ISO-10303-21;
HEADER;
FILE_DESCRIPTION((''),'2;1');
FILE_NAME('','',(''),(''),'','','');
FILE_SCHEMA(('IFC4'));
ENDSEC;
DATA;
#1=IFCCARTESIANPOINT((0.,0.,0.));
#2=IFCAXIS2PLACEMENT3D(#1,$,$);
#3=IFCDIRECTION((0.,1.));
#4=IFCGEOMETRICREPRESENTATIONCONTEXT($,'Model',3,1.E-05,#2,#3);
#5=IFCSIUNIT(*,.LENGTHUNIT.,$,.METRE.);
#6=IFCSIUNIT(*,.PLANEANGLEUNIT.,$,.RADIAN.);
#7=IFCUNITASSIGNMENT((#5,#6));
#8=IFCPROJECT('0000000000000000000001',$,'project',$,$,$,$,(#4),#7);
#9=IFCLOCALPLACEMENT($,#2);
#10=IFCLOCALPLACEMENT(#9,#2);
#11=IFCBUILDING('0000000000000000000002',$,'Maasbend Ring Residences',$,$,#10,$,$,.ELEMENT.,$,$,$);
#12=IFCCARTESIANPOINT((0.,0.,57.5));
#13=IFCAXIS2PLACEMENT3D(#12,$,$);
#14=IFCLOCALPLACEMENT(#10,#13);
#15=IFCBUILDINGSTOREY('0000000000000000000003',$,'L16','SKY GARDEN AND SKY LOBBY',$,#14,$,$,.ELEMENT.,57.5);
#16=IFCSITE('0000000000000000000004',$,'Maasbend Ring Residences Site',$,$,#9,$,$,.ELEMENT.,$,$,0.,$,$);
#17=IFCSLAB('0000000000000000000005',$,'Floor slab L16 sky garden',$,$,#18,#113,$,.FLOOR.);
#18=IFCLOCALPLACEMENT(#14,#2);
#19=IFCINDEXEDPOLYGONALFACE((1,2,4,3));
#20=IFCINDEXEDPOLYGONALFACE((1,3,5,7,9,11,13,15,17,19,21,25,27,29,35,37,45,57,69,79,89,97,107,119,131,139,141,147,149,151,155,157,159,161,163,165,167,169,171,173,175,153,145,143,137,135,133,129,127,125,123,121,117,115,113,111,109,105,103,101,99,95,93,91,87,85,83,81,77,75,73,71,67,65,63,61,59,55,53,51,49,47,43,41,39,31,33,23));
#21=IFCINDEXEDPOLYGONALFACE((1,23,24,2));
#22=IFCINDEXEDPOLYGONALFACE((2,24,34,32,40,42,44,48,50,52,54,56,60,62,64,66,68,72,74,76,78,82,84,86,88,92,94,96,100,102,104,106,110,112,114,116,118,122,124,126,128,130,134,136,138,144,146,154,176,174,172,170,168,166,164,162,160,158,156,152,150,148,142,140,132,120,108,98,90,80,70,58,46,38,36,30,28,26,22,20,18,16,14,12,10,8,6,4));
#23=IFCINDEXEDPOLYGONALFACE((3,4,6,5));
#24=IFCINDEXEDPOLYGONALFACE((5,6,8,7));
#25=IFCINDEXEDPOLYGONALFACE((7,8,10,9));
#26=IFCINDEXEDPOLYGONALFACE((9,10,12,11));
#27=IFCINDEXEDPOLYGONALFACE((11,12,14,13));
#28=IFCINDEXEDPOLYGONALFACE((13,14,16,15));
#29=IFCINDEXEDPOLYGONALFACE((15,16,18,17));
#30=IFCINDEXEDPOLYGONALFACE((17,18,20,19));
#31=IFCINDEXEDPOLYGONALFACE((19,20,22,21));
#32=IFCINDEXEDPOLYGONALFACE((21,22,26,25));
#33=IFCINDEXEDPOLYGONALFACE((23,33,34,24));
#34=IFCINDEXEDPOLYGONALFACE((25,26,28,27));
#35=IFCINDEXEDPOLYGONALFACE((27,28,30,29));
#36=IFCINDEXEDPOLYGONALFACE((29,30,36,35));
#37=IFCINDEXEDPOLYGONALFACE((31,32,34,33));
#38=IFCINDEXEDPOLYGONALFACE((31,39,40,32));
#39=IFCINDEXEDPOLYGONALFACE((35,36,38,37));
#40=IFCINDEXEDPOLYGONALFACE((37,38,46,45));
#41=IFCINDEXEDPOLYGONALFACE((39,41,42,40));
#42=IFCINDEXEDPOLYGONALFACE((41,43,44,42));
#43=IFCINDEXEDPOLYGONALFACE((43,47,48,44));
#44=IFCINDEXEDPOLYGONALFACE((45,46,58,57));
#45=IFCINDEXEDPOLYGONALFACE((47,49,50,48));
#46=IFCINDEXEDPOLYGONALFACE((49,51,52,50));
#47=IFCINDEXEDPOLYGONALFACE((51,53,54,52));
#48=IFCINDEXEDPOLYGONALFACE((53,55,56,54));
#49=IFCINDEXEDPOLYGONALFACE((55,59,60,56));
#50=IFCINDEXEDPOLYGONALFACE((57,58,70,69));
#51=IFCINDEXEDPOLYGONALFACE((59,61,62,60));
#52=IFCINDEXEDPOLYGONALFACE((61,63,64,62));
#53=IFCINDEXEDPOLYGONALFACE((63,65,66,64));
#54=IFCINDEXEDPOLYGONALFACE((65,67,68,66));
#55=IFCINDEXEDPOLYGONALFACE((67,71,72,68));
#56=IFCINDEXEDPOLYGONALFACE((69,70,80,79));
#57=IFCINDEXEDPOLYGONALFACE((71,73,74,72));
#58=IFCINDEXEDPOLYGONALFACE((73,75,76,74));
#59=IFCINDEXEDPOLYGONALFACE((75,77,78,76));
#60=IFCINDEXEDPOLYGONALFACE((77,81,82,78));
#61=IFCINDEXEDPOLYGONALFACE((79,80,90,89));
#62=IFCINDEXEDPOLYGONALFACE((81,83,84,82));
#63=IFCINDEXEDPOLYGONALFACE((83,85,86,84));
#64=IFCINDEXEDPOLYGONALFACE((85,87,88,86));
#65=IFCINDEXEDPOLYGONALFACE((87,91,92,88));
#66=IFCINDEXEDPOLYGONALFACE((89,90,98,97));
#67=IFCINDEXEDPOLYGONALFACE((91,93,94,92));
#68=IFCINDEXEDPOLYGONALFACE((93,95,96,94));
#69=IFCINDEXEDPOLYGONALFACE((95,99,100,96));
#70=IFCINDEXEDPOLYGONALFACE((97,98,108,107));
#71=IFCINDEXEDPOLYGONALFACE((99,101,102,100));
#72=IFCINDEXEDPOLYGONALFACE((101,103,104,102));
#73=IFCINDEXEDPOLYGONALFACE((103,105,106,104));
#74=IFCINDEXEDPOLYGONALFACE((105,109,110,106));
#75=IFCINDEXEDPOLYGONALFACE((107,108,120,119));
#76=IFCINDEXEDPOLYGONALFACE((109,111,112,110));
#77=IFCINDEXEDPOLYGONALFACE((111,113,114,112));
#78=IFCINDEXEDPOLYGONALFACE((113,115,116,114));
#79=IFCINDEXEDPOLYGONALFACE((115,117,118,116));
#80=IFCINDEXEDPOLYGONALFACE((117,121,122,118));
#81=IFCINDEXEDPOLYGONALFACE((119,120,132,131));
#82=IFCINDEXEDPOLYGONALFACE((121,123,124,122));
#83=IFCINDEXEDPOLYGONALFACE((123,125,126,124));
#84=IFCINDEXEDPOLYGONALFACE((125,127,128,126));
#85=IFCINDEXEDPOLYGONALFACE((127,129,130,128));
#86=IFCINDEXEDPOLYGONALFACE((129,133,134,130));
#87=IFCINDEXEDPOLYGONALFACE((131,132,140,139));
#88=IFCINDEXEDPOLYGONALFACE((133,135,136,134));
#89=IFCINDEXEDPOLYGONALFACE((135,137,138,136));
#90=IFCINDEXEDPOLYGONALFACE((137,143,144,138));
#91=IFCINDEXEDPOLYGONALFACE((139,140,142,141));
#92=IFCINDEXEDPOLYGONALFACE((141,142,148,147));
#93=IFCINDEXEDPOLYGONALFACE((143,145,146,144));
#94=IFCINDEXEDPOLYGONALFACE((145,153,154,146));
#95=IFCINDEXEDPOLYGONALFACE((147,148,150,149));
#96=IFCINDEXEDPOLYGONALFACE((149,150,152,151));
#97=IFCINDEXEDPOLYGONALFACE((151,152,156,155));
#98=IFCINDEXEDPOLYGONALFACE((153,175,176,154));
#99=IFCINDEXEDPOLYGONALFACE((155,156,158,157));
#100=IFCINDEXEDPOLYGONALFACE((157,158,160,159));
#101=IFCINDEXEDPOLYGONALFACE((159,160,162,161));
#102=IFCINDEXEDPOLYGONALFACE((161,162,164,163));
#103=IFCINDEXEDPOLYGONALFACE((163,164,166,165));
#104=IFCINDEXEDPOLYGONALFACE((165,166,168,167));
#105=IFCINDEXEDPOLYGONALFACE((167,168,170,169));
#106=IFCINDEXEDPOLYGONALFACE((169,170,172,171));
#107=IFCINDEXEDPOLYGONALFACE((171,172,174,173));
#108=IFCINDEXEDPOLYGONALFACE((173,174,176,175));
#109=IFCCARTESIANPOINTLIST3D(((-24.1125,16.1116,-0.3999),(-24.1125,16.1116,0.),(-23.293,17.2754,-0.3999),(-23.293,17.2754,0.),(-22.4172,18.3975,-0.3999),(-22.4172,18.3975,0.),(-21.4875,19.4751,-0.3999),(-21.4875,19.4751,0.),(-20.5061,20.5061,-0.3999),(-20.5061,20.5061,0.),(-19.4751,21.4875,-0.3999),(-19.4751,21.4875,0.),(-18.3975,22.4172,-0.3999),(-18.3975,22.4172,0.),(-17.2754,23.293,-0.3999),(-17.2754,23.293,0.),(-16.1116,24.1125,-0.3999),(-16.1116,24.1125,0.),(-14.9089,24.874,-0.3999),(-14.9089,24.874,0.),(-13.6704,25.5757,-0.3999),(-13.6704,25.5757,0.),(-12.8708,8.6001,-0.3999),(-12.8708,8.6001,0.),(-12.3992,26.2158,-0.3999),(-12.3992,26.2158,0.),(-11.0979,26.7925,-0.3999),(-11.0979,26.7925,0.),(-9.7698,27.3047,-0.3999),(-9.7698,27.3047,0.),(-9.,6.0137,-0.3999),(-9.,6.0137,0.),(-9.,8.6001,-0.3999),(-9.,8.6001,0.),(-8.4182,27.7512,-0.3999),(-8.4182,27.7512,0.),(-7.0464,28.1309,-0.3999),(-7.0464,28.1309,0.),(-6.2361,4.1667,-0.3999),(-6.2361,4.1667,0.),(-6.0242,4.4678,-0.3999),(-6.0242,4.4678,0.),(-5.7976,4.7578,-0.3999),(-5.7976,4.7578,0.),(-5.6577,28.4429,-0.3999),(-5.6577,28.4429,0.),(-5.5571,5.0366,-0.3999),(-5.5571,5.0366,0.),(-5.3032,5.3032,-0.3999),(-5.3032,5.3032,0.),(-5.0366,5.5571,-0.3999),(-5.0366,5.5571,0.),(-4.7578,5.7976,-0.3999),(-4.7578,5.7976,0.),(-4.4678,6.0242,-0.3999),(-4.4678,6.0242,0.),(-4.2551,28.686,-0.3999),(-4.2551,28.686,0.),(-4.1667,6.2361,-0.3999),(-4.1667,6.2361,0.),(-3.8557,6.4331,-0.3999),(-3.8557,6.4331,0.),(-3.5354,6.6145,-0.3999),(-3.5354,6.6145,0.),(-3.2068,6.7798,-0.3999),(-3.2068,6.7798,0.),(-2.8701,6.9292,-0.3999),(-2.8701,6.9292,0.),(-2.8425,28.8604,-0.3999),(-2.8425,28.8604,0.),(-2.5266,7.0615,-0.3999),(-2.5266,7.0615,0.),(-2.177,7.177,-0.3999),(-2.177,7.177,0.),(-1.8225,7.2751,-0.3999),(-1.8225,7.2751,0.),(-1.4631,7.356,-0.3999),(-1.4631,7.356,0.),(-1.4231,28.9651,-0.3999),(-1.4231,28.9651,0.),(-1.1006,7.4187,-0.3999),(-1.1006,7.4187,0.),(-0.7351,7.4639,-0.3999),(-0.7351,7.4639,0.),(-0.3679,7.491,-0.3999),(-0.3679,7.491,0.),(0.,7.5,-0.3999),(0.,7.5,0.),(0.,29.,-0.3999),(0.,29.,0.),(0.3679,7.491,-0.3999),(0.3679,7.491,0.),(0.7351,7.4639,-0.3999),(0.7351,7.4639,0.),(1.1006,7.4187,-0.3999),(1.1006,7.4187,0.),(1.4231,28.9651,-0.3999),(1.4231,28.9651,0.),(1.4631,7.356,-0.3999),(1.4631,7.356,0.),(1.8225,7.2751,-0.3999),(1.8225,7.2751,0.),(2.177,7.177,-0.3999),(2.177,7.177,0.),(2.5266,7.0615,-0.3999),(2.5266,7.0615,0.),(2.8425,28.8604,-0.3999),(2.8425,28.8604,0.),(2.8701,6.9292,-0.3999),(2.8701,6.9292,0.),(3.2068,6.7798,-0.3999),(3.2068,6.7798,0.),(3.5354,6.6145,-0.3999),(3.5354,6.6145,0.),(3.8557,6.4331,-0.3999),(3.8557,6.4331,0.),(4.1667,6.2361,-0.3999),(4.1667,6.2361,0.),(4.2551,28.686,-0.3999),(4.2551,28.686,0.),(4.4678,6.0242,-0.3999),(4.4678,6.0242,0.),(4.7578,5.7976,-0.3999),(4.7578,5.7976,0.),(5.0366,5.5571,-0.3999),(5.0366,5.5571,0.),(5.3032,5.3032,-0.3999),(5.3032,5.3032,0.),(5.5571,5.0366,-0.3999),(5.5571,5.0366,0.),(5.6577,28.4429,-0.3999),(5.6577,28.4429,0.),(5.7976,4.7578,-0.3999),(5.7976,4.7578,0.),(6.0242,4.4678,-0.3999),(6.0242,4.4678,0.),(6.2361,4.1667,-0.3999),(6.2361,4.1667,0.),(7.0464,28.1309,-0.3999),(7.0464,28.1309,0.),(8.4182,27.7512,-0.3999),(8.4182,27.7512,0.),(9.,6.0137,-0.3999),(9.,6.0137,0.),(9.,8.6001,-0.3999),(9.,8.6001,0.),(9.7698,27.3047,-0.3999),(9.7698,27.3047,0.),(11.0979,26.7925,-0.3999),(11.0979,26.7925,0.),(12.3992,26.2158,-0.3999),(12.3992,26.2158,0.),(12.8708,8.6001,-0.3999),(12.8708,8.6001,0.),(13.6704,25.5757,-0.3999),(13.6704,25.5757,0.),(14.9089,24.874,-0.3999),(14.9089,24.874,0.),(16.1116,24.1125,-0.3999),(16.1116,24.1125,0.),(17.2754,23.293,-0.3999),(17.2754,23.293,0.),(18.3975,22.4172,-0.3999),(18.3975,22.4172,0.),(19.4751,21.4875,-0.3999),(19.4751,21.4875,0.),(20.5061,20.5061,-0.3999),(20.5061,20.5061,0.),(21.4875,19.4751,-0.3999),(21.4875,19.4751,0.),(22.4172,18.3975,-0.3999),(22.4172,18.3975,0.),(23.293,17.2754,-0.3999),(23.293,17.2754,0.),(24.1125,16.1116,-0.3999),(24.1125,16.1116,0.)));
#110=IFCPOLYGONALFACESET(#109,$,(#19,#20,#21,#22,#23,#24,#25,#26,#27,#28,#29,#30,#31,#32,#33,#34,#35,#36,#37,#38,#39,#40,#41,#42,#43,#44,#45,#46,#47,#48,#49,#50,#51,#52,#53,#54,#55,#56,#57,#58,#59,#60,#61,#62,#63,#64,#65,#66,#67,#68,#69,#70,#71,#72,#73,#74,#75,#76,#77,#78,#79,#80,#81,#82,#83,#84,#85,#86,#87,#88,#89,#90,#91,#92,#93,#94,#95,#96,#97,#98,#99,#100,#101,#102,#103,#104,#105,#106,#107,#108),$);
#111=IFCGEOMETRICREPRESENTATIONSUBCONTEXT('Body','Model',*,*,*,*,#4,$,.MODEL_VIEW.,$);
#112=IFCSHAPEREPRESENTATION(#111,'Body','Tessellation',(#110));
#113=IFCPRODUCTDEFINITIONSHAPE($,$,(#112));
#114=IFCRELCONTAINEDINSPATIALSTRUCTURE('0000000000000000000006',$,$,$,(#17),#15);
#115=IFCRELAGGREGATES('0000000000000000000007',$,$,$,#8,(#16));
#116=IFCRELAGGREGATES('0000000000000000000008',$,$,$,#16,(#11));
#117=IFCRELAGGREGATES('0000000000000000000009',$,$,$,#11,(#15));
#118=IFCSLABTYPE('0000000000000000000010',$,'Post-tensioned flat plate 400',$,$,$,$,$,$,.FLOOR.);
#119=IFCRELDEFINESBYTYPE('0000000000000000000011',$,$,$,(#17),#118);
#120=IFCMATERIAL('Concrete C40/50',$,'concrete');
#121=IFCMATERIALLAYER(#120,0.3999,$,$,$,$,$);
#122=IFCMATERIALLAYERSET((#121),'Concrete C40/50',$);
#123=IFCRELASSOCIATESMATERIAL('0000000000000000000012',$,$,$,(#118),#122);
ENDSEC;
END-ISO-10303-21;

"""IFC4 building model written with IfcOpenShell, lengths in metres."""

from ifc_helpers import new_model, si_unit, direction, frame, origin, place, context, subcontext, project, spatial, polyline, outline, extrude, material, layer, layer_set, type_object, element, save


model = new_model("IFC4")

# Units and contexts
model_context = context("Model", 3, precision=1e-05, world=origin(), true_north=direction((0.0, 1.0)))
body_context = subcontext(model_context, "Body", "Model", "MODEL_VIEW")
ifc_project = project(units=[si_unit("LENGTHUNIT", "METRE"), si_unit("PLANEANGLEUNIT", "RADIAN")], contexts=[model_context])

# Site, building, storey
site_placement = place(None, origin())
site = spatial("IfcSite", under=ifc_project, at=site_placement, Name="Maasbend Ring Residences Site", CompositionType="ELEMENT", RefElevation=0.0)
building_placement = place(site_placement, origin())
building = spatial("IfcBuilding", under=site, at=building_placement, Name="Maasbend Ring Residences", CompositionType="ELEMENT")
storey_placement = place(building_placement, frame((0.0, 0.0, 57.5)))
storey = spatial("IfcBuildingStorey", under=building, at=storey_placement, Name="L16", Description="SKY GARDEN AND SKY LOBBY", CompositionType="ELEMENT", Elevation=57.5)

# Slab
ifc_material_1 = material(Name="Concrete C40/50", Category="concrete")
ifc_layer_1 = layer(ifc_material_1, 0.3999)
ifc_layer_set_1 = layer_set([ifc_layer_1], Name="Concrete C40/50")
slab_type_1 = type_object("IfcSlabType", Name="Post-tensioned flat plate 400", PredefinedType="FLOOR", material=ifc_layer_set_1)
slab_1_placement = place(storey_placement, frame((0.0, 0.0, -0.3999)))
element("IfcSlab", 1, at=slab_1_placement, inside=storey, type_object=slab_type_1, Name="Floor slab L16 sky garden", PredefinedType="FLOOR", context=body_context, shape_type="SweptSolid", body=[
    extrude(outline(polyline([(-24.1125, 16.1116), (-12.8708, 8.6001), (-9.0, 8.6001), (-9.0, 6.0137), (-6.2361, 4.1667), (-6.0242, 4.4678), (-5.7976, 4.7578), (-5.5571, 5.0366), (-5.3032, 5.3032), (-5.0366, 5.5571), (-4.7578, 5.7976), (-4.4678, 6.0242), (-4.1667, 6.2361), (-3.8557, 6.4331), (-3.5354, 6.6145), (-3.2068, 6.7798), (-2.8701, 6.9292), (-2.5266, 7.0615), (-2.177, 7.177), (-1.8225, 7.2751), (-1.4631, 7.356), (-1.1006, 7.4187), (-0.7351, 7.4639), (-0.3679, 7.491), (0.0, 7.5), (0.3679, 7.491), (0.7351, 7.4639), (1.1006, 7.4187), (1.4631, 7.356), (1.8225, 7.2751), (2.177, 7.177), (2.5266, 7.0615), (2.8701, 6.9292), (3.2068, 6.7798), (3.5354, 6.6145), (3.8557, 6.4331), (4.1667, 6.2361), (4.4678, 6.0242), (4.7578, 5.7976), (5.0366, 5.5571), (5.3032, 5.3032), (5.5571, 5.0366), (5.7976, 4.7578), (6.0242, 4.4678), (6.2361, 4.1667), (9.0, 6.0137), (9.0, 8.6001), (12.8708, 8.6001), (24.1125, 16.1116), (23.293, 17.2754), (22.4172, 18.3975), (21.4875, 19.4751), (20.5061, 20.5061), (19.4751, 21.4875), (18.3975, 22.4172), (17.2754, 23.293), (16.1116, 24.1125), (14.9089, 24.874), (13.6704, 25.5757), (12.3992, 26.2158), (11.0979, 26.7925), (9.7698, 27.3047), (8.4182, 27.7512), (7.0464, 28.1309), (5.6577, 28.4429), (4.2551, 28.686), (2.8425, 28.8604), (1.4231, 28.9651), (0.0, 29.0), (-1.4231, 28.9651), (-2.8425, 28.8604), (-4.2551, 28.686), (-5.6577, 28.4429), (-7.0464, 28.1309), (-8.4182, 27.7512), (-9.7698, 27.3047), (-11.0979, 26.7925), (-12.3992, 26.2158), (-13.6704, 25.5757), (-14.9089, 24.874), (-16.1116, 24.1125), (-17.2754, 23.293), (-18.3975, 22.4172), (-19.4751, 21.4875), (-20.5061, 20.5061), (-21.4875, 19.4751), (-22.4172, 18.3975), (-23.293, 17.2754), (-24.1125, 16.1116)])), origin(), (0.0, 0.0, 1.0), 0.3999),
])

save(model, "model.ifc")
